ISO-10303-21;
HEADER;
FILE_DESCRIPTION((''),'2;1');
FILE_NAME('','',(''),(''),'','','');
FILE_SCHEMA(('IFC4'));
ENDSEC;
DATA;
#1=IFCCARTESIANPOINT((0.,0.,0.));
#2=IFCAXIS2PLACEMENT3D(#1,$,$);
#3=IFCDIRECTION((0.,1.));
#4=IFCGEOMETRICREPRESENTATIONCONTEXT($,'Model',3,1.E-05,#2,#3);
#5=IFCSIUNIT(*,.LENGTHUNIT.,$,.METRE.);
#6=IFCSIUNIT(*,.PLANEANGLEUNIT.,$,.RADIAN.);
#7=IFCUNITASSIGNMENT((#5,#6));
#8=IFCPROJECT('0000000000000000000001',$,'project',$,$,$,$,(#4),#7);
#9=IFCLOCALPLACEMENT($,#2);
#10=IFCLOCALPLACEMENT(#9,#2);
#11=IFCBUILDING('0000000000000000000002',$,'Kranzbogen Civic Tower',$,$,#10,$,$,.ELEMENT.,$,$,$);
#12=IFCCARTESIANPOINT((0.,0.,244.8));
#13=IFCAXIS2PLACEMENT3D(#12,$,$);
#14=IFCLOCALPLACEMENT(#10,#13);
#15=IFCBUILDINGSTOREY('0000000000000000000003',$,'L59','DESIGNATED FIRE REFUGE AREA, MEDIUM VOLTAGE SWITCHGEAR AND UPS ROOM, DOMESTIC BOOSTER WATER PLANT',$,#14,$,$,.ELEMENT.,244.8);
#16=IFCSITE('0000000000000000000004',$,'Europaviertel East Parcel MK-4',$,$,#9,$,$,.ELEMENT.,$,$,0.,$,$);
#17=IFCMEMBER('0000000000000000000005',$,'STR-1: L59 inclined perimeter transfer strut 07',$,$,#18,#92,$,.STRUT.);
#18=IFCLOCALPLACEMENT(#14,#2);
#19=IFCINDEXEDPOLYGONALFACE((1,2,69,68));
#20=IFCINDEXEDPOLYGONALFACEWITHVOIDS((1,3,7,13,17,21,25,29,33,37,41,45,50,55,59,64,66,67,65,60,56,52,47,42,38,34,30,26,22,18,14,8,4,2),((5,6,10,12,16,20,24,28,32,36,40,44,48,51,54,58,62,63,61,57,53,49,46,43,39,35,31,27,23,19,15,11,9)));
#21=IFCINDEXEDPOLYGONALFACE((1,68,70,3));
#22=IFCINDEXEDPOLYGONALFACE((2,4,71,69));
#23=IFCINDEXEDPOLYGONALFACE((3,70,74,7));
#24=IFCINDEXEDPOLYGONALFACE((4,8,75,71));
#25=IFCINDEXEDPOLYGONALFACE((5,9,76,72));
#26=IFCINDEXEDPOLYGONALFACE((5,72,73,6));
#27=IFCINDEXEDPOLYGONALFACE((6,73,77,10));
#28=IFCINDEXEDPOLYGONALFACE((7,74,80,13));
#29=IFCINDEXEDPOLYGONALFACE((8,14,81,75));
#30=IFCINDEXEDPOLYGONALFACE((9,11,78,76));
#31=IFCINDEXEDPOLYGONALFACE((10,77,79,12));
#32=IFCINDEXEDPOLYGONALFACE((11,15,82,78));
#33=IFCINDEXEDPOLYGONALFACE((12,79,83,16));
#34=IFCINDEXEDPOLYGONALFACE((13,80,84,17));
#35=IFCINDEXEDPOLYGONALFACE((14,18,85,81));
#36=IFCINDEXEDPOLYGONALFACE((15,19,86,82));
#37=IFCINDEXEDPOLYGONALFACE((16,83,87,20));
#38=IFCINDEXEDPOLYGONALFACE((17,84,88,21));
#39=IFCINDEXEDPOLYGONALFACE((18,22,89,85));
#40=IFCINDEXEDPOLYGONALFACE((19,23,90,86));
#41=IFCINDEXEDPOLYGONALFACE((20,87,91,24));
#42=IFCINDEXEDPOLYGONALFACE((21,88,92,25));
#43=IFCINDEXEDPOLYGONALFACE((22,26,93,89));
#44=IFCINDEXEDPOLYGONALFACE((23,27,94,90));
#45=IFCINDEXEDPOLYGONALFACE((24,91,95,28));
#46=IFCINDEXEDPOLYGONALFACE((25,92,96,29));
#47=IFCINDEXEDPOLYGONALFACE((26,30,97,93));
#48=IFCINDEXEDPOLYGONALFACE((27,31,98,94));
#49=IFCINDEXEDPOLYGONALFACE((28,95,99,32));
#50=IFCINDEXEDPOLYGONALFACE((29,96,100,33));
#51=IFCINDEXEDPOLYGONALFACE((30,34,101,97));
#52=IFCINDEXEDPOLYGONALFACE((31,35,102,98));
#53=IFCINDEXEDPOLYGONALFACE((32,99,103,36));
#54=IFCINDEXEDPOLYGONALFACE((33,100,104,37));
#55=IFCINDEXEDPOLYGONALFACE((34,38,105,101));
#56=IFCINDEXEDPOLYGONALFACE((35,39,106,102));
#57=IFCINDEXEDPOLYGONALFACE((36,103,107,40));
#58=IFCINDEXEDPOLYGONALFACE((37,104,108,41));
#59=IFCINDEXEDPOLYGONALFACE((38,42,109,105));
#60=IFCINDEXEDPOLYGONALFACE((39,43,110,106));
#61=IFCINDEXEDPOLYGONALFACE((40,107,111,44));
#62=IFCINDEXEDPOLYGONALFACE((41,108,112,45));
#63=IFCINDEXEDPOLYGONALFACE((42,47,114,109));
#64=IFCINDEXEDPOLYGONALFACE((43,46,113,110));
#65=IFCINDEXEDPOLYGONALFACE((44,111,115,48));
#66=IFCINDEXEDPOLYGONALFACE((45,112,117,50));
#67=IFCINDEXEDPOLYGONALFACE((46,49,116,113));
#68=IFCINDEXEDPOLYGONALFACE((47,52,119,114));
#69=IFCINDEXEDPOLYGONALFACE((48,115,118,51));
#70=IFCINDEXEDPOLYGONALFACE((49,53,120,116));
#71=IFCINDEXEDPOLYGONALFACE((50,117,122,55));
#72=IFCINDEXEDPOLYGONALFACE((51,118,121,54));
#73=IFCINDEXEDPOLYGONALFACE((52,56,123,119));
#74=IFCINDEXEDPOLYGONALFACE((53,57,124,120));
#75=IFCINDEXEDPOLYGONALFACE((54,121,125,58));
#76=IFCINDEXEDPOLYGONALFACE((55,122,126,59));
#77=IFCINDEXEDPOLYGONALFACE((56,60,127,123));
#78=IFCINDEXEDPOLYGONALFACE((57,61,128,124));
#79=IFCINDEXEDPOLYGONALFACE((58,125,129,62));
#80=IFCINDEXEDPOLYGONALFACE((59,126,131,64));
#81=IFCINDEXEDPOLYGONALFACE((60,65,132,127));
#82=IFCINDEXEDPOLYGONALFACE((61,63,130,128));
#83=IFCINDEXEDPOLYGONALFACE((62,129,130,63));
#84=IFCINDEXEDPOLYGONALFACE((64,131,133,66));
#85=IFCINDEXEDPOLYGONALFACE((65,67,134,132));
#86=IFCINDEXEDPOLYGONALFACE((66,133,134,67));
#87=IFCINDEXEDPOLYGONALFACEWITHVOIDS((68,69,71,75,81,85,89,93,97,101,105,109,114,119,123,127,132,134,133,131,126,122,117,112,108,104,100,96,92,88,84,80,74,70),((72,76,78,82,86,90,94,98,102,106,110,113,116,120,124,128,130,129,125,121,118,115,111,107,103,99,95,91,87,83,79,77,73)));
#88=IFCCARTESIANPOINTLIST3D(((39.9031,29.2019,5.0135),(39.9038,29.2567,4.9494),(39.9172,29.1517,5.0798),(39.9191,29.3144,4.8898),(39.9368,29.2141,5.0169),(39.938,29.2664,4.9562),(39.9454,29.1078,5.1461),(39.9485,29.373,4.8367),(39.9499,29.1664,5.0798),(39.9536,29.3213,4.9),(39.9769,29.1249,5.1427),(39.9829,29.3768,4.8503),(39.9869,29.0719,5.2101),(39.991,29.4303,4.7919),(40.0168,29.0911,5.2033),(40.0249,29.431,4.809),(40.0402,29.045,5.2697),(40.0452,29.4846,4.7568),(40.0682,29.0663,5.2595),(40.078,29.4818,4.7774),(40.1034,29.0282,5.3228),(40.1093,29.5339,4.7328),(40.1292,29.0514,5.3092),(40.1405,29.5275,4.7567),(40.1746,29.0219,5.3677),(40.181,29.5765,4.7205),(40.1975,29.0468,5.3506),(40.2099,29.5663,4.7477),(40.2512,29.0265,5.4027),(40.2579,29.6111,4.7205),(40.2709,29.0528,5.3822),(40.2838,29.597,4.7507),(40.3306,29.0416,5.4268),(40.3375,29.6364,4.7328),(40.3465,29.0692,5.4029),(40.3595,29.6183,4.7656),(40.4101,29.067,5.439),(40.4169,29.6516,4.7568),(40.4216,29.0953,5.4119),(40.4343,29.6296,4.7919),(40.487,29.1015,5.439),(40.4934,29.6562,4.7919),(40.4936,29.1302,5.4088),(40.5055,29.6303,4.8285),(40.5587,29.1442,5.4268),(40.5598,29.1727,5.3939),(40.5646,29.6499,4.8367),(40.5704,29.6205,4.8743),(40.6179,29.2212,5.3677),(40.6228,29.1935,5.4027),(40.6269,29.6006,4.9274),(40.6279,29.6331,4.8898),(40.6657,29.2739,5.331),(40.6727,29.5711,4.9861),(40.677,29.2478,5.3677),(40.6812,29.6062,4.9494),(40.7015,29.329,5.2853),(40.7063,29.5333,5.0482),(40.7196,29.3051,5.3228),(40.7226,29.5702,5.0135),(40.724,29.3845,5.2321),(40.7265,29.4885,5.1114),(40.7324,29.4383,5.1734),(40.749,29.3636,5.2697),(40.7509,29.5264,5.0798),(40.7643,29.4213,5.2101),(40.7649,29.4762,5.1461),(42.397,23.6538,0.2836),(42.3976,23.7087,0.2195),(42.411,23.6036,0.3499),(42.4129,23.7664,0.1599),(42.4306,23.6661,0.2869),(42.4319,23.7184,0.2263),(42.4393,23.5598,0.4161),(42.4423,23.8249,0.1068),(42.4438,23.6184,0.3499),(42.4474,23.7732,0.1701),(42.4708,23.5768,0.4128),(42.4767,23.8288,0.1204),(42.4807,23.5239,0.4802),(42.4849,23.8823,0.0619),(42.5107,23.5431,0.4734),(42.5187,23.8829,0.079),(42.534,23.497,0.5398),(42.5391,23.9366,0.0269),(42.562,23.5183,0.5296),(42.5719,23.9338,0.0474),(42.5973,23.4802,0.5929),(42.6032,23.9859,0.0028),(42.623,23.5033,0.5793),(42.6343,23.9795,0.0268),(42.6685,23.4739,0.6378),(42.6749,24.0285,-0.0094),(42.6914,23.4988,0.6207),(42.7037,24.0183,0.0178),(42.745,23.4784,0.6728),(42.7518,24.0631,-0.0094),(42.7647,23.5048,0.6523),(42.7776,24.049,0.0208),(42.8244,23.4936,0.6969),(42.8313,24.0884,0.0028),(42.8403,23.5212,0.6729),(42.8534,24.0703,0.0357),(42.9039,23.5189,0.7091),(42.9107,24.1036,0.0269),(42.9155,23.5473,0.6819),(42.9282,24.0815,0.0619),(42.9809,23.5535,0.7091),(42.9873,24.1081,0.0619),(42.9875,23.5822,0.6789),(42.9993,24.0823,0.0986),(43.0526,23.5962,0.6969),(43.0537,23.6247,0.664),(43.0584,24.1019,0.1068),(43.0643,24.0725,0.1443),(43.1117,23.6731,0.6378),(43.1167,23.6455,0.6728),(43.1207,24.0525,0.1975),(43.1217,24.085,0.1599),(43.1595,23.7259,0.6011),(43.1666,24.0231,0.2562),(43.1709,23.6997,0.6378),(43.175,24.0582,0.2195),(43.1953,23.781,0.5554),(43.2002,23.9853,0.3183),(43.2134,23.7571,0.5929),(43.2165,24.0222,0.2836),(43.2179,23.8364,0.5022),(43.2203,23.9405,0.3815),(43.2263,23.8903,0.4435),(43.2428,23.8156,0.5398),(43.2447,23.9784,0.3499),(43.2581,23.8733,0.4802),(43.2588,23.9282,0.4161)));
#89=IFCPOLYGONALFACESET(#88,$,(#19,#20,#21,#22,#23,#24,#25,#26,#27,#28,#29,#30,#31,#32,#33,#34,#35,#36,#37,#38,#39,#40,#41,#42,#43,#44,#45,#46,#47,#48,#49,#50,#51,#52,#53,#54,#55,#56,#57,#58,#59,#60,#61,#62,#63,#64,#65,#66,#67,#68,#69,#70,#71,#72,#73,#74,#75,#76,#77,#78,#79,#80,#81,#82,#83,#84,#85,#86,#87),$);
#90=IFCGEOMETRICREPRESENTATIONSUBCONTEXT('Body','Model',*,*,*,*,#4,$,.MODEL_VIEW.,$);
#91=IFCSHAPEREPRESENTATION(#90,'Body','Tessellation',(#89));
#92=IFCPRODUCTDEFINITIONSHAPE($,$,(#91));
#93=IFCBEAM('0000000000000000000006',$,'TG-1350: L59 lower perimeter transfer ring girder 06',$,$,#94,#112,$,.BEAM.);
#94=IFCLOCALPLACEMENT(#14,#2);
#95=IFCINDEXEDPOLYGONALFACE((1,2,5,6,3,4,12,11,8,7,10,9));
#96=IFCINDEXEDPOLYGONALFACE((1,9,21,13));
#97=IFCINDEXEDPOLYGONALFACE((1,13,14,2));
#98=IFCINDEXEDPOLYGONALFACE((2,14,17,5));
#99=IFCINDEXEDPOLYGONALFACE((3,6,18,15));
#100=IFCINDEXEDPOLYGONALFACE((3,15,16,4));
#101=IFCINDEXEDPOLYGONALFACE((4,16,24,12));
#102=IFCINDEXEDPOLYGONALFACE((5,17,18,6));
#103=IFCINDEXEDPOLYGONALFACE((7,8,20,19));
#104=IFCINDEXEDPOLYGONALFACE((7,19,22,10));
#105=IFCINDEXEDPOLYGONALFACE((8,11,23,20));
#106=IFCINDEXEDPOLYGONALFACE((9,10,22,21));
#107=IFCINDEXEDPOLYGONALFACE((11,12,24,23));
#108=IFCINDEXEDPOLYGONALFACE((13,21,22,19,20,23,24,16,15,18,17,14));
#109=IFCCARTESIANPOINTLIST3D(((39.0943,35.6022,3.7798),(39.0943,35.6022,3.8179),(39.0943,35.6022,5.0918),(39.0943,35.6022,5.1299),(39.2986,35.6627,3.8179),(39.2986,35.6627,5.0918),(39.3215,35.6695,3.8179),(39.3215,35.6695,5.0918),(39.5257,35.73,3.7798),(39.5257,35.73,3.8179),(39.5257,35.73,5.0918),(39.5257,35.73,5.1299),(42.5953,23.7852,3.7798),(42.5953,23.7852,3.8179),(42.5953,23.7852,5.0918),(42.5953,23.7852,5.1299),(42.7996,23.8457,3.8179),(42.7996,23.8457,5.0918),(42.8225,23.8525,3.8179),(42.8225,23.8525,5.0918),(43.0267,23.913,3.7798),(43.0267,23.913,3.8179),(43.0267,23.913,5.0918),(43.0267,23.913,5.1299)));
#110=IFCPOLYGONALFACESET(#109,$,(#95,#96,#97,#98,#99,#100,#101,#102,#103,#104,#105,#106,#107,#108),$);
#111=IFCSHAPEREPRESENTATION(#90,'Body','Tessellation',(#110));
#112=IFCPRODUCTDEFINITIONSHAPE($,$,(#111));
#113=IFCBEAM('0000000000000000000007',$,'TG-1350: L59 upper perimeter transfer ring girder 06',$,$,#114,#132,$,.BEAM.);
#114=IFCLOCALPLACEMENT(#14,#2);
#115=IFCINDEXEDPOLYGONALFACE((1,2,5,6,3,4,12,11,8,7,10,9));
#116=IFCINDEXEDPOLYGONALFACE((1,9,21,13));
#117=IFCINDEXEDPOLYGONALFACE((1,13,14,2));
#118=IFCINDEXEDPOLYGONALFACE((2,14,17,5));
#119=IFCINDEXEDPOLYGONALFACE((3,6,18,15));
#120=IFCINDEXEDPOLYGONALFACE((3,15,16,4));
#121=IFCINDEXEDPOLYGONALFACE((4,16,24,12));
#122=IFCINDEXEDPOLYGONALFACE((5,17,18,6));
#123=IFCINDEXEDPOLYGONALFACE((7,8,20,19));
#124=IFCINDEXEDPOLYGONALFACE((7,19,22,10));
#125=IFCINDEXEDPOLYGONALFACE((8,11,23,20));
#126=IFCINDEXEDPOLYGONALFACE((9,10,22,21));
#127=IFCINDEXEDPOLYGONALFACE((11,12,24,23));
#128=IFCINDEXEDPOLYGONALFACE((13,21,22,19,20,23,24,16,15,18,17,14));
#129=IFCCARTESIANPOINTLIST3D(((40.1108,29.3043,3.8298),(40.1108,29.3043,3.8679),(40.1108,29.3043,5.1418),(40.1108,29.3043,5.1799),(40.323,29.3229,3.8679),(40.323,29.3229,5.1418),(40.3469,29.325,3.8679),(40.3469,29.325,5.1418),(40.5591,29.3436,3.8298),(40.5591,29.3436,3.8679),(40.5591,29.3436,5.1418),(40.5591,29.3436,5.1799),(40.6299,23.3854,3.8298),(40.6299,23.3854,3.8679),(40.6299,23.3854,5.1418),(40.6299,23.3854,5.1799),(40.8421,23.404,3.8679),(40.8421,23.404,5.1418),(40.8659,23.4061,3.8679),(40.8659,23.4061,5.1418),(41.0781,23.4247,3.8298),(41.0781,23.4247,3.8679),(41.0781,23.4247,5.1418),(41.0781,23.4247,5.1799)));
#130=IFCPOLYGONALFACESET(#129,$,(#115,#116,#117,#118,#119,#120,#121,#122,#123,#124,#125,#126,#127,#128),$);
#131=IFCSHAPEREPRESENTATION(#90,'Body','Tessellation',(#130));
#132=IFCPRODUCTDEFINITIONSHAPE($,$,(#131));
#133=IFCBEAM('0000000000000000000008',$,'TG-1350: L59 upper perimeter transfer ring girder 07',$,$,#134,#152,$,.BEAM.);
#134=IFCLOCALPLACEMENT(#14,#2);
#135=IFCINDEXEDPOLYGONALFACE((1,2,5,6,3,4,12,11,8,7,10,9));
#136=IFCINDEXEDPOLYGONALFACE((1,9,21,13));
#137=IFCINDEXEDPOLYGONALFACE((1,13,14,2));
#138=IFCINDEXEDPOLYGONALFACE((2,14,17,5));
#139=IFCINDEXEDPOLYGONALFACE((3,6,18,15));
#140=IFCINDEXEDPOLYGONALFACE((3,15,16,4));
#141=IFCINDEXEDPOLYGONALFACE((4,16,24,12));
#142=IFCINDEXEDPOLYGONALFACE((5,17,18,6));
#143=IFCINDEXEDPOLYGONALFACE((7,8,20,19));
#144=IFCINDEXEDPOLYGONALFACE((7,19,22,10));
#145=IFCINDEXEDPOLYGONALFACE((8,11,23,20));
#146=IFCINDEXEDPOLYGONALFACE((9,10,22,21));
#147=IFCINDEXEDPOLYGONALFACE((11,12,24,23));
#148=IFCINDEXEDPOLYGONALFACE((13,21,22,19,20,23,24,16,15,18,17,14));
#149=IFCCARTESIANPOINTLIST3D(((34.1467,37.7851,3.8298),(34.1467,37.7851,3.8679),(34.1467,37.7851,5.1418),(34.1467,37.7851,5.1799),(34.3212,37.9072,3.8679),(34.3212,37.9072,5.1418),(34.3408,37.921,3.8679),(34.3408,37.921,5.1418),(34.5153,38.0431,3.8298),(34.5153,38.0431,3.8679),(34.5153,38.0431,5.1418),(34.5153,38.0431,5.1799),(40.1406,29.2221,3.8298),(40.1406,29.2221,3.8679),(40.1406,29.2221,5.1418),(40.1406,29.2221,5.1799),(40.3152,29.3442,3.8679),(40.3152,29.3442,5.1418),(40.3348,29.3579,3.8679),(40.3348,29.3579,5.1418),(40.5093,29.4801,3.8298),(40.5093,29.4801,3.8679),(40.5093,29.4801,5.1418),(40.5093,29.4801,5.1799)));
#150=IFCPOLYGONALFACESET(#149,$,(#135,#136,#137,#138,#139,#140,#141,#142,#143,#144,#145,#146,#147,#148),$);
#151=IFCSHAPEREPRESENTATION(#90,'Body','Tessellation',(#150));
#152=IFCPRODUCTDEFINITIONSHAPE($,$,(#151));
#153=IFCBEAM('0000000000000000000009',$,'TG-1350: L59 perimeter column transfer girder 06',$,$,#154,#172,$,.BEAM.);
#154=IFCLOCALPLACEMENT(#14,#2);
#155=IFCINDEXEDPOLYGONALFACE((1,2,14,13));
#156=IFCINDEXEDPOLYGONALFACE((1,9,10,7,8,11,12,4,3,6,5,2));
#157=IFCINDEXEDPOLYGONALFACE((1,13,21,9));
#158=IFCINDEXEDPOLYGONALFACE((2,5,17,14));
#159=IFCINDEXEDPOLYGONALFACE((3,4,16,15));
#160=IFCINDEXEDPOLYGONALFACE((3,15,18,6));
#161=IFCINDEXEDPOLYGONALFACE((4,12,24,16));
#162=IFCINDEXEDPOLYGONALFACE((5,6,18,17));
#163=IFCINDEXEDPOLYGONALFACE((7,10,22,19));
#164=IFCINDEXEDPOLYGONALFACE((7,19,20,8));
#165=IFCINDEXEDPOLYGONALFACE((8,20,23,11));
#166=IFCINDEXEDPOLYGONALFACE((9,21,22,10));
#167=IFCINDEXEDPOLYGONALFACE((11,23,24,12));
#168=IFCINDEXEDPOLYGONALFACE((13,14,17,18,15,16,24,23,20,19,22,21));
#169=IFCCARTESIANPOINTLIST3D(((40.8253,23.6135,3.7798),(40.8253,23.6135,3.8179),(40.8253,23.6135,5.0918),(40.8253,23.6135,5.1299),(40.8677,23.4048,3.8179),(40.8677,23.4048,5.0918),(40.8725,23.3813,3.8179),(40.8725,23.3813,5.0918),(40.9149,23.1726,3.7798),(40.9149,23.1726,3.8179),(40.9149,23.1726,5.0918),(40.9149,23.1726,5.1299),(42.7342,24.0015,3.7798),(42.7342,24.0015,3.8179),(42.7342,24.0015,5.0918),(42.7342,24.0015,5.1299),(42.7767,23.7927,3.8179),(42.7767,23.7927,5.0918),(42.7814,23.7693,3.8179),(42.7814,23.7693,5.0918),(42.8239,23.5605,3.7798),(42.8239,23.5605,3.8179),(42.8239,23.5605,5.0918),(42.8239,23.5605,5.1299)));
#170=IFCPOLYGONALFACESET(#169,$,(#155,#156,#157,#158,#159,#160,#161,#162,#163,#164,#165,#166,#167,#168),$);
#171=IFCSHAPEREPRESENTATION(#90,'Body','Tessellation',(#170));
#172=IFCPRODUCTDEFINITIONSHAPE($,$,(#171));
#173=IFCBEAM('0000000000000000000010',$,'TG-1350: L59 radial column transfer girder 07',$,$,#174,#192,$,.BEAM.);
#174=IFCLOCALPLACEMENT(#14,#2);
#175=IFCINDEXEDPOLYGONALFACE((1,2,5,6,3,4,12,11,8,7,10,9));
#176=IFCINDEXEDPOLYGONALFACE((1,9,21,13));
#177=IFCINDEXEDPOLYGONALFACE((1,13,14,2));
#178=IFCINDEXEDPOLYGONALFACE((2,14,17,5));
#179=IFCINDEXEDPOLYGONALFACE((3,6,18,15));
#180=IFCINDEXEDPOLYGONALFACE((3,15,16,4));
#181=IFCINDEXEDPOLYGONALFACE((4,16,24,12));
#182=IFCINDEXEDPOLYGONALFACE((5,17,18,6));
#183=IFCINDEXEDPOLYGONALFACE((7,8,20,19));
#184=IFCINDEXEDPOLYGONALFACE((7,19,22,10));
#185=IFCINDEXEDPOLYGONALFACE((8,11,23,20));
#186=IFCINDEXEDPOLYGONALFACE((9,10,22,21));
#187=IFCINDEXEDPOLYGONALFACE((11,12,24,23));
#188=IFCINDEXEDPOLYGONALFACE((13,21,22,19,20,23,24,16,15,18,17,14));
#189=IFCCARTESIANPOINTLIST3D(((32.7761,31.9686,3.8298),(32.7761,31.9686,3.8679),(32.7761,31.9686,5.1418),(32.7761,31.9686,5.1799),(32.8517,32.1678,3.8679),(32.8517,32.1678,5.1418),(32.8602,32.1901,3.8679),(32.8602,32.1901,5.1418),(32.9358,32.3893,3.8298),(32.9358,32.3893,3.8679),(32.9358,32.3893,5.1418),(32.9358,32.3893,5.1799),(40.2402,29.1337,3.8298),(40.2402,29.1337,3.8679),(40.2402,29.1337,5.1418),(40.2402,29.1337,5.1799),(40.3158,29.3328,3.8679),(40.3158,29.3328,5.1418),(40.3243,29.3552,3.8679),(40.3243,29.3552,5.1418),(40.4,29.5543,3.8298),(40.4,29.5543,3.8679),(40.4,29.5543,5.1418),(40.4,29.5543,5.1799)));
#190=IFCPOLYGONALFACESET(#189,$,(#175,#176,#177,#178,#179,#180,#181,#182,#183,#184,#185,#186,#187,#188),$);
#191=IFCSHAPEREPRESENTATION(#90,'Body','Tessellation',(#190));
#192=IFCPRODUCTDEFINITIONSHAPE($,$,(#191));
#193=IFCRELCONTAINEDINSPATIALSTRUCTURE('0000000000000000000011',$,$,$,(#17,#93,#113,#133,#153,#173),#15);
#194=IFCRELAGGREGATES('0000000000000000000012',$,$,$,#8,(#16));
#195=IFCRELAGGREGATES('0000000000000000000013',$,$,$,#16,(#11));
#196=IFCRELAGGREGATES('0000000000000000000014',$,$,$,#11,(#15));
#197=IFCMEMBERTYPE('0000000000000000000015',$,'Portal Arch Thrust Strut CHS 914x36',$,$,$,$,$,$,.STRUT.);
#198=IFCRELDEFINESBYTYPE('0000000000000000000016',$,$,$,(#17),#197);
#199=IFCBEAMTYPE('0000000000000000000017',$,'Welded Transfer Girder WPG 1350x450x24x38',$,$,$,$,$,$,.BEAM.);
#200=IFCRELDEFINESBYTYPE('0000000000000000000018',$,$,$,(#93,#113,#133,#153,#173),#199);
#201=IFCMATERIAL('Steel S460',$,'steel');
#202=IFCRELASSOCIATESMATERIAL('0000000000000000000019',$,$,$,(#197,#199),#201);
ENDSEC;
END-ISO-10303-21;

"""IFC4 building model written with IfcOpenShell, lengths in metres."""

from ifc_helpers import new_model, si_unit, direction, frame, origin, origin_2d, place, context, subcontext, project, spatial, hollow_circle, i_section, extrude, material, material_profile, profile_set, type_object, element, save


model = new_model("IFC4")

# Units and contexts
model_context = context("Model", 3, precision=1e-05, world=origin(), true_north=direction((0.0, 1.0)))
body_context = subcontext(model_context, "Body", "Model", "MODEL_VIEW")
ifc_project = project(units=[si_unit("LENGTHUNIT", "METRE"), si_unit("PLANEANGLEUNIT", "RADIAN")], contexts=[model_context])

# Site, building, storey
site_placement = place(None, origin())
site = spatial("IfcSite", under=ifc_project, at=site_placement, Name="Europaviertel East Parcel MK-4", CompositionType="ELEMENT", RefElevation=0.0)
building_placement = place(site_placement, origin())
building = spatial("IfcBuilding", under=site, at=building_placement, Name="Kranzbogen Civic Tower", CompositionType="ELEMENT")
storey_placement = place(building_placement, frame((0.0, 0.0, 244.8)))
storey = spatial("IfcBuildingStorey", under=building, at=storey_placement, Name="L59", Description="DESIGNATED FIRE REFUGE AREA, MEDIUM VOLTAGE SWITCHGEAR AND UPS ROOM, DOMESTIC BOOSTER WATER PLANT", CompositionType="ELEMENT", Elevation=244.8)

# Member
ifc_material_1 = material(Name="Steel S460", Category="steel")
ifc_material_profile_1 = material_profile(ifc_material_1, hollow_circle(Radius=0.457, WallThickness=0.0359, at=origin_2d()), Name="CHS 914x36")
ifc_profile_set_1 = profile_set([ifc_material_profile_1], Name="Steel S460")
member_type_1 = type_object("IfcMemberType", Name="Portal Arch Thrust Strut CHS 914x36", PredefinedType="STRUT", material=ifc_profile_set_1)
member_1_placement = place(storey_placement, frame((42.8279, 23.791, 0.3499), z_axis=(-0.323655, 0.720024, 0.613851), x_axis=(-0.91209, -0.409989, 0.0)))
element("IfcMember", 1, at=member_1_placement, inside=storey, type_object=member_type_1, Name="STR-1: L59 inclined perimeter transfer strut 07", PredefinedType="STRUT", context=body_context, shape_type="SweptSolid", body=[
    extrude(hollow_circle(Radius=0.457, WallThickness=0.0359, at=origin_2d()), origin(), (0.0, 0.0, 1.0), 7.7053),
])

# Beams
ifc_material_profile_2 = material_profile(ifc_material_1, i_section(OverallWidth=0.45, OverallDepth=1.3501, WebThickness=0.0239, FlangeThickness=0.0381, at=origin_2d()), Name="WPG 1350x450x24x38")
ifc_profile_set_2 = profile_set([ifc_material_profile_2], Name="Steel S460")
beam_type = type_object("IfcBeamType", Name="Welded Transfer Girder WPG 1350x450x24x38", PredefinedType="BEAM", material=ifc_profile_set_2)
beam_1_placement = place(storey_placement, frame((42.811, 23.8491, 4.4548), z_axis=(-0.284064, 0.958805, 0.0), x_axis=(-0.958805, -0.284064, 0.0)))
element("IfcBeam", 2, at=beam_1_placement, inside=storey, type_object=beam_type, Name="TG-1350: L59 lower perimeter transfer ring girder 06", PredefinedType="BEAM", context=body_context, shape_type="SweptSolid", body=[
    extrude(i_section(OverallWidth=0.45, OverallDepth=1.3501, WebThickness=0.0239, FlangeThickness=0.0381, at=origin_2d()), origin(), (0.0, 0.0, 1.0), 12.3247),
])
beam_2_placement = place(storey_placement, frame((40.854, 23.405, 4.5049), z_axis=(-0.087357, 0.996177, 0.0), x_axis=(-0.996177, -0.087357, 0.0)))
element("IfcBeam", 3, at=beam_2_placement, inside=storey, type_object=beam_type, Name="TG-1350: L59 upper perimeter transfer ring girder 06", PredefinedType="BEAM", context=body_context, shape_type="SweptSolid", body=[
    extrude(i_section(OverallWidth=0.45, OverallDepth=1.3501, WebThickness=0.0239, FlangeThickness=0.0381, at=origin_2d()), origin(), (0.0, 0.0, 1.0), 5.9417),
])
beam_3_placement = place(storey_placement, frame((40.325, 29.3511, 4.5049), z_axis=(-0.57345, 0.819241, 0.0), x_axis=(-0.819241, -0.57345, 0.0)))
element("IfcBeam", 4, at=beam_3_placement, inside=storey, type_object=beam_type, Name="TG-1350: L59 upper perimeter transfer ring girder 07", PredefinedType="BEAM", context=body_context, shape_type="SweptSolid", body=[
    extrude(i_section(OverallWidth=0.45, OverallDepth=1.3501, WebThickness=0.0239, FlangeThickness=0.0381, at=origin_2d()), origin(), (0.0, 0.0, 1.0), 10.4524),
])
beam_4_placement = place(storey_placement, frame((42.7791, 23.781, 4.4548), z_axis=(-0.979969, -0.199152, 0.0), x_axis=(0.199152, -0.979969, 0.0)))
element("IfcBeam", 5, at=beam_4_placement, inside=storey, type_object=beam_type, Name="TG-1350: L59 perimeter column transfer girder 06", PredefinedType="BEAM", context=body_context, shape_type="SweptSolid", body=[
    extrude(i_section(OverallWidth=0.45, OverallDepth=1.3501, WebThickness=0.0239, FlangeThickness=0.0381, at=origin_2d()), origin(), (0.0, 0.0, 1.0), 1.948),
])
beam_5_placement = place(storey_placement, frame((32.856, 32.179, 4.5049), z_axis=(0.934842, -0.355064, 0.0), x_axis=(0.355064, 0.934842, 0.0)))
element("IfcBeam", 6, at=beam_5_placement, inside=storey, type_object=beam_type, Name="TG-1350: L59 radial column transfer girder 07", PredefinedType="BEAM", context=body_context, shape_type="SweptSolid", body=[
    extrude(i_section(OverallWidth=0.45, OverallDepth=1.3501, WebThickness=0.0239, FlangeThickness=0.0381, at=origin_2d()), origin(), (0.0, 0.0, 1.0), 7.9844),
])

save(model, "model.ifc")
